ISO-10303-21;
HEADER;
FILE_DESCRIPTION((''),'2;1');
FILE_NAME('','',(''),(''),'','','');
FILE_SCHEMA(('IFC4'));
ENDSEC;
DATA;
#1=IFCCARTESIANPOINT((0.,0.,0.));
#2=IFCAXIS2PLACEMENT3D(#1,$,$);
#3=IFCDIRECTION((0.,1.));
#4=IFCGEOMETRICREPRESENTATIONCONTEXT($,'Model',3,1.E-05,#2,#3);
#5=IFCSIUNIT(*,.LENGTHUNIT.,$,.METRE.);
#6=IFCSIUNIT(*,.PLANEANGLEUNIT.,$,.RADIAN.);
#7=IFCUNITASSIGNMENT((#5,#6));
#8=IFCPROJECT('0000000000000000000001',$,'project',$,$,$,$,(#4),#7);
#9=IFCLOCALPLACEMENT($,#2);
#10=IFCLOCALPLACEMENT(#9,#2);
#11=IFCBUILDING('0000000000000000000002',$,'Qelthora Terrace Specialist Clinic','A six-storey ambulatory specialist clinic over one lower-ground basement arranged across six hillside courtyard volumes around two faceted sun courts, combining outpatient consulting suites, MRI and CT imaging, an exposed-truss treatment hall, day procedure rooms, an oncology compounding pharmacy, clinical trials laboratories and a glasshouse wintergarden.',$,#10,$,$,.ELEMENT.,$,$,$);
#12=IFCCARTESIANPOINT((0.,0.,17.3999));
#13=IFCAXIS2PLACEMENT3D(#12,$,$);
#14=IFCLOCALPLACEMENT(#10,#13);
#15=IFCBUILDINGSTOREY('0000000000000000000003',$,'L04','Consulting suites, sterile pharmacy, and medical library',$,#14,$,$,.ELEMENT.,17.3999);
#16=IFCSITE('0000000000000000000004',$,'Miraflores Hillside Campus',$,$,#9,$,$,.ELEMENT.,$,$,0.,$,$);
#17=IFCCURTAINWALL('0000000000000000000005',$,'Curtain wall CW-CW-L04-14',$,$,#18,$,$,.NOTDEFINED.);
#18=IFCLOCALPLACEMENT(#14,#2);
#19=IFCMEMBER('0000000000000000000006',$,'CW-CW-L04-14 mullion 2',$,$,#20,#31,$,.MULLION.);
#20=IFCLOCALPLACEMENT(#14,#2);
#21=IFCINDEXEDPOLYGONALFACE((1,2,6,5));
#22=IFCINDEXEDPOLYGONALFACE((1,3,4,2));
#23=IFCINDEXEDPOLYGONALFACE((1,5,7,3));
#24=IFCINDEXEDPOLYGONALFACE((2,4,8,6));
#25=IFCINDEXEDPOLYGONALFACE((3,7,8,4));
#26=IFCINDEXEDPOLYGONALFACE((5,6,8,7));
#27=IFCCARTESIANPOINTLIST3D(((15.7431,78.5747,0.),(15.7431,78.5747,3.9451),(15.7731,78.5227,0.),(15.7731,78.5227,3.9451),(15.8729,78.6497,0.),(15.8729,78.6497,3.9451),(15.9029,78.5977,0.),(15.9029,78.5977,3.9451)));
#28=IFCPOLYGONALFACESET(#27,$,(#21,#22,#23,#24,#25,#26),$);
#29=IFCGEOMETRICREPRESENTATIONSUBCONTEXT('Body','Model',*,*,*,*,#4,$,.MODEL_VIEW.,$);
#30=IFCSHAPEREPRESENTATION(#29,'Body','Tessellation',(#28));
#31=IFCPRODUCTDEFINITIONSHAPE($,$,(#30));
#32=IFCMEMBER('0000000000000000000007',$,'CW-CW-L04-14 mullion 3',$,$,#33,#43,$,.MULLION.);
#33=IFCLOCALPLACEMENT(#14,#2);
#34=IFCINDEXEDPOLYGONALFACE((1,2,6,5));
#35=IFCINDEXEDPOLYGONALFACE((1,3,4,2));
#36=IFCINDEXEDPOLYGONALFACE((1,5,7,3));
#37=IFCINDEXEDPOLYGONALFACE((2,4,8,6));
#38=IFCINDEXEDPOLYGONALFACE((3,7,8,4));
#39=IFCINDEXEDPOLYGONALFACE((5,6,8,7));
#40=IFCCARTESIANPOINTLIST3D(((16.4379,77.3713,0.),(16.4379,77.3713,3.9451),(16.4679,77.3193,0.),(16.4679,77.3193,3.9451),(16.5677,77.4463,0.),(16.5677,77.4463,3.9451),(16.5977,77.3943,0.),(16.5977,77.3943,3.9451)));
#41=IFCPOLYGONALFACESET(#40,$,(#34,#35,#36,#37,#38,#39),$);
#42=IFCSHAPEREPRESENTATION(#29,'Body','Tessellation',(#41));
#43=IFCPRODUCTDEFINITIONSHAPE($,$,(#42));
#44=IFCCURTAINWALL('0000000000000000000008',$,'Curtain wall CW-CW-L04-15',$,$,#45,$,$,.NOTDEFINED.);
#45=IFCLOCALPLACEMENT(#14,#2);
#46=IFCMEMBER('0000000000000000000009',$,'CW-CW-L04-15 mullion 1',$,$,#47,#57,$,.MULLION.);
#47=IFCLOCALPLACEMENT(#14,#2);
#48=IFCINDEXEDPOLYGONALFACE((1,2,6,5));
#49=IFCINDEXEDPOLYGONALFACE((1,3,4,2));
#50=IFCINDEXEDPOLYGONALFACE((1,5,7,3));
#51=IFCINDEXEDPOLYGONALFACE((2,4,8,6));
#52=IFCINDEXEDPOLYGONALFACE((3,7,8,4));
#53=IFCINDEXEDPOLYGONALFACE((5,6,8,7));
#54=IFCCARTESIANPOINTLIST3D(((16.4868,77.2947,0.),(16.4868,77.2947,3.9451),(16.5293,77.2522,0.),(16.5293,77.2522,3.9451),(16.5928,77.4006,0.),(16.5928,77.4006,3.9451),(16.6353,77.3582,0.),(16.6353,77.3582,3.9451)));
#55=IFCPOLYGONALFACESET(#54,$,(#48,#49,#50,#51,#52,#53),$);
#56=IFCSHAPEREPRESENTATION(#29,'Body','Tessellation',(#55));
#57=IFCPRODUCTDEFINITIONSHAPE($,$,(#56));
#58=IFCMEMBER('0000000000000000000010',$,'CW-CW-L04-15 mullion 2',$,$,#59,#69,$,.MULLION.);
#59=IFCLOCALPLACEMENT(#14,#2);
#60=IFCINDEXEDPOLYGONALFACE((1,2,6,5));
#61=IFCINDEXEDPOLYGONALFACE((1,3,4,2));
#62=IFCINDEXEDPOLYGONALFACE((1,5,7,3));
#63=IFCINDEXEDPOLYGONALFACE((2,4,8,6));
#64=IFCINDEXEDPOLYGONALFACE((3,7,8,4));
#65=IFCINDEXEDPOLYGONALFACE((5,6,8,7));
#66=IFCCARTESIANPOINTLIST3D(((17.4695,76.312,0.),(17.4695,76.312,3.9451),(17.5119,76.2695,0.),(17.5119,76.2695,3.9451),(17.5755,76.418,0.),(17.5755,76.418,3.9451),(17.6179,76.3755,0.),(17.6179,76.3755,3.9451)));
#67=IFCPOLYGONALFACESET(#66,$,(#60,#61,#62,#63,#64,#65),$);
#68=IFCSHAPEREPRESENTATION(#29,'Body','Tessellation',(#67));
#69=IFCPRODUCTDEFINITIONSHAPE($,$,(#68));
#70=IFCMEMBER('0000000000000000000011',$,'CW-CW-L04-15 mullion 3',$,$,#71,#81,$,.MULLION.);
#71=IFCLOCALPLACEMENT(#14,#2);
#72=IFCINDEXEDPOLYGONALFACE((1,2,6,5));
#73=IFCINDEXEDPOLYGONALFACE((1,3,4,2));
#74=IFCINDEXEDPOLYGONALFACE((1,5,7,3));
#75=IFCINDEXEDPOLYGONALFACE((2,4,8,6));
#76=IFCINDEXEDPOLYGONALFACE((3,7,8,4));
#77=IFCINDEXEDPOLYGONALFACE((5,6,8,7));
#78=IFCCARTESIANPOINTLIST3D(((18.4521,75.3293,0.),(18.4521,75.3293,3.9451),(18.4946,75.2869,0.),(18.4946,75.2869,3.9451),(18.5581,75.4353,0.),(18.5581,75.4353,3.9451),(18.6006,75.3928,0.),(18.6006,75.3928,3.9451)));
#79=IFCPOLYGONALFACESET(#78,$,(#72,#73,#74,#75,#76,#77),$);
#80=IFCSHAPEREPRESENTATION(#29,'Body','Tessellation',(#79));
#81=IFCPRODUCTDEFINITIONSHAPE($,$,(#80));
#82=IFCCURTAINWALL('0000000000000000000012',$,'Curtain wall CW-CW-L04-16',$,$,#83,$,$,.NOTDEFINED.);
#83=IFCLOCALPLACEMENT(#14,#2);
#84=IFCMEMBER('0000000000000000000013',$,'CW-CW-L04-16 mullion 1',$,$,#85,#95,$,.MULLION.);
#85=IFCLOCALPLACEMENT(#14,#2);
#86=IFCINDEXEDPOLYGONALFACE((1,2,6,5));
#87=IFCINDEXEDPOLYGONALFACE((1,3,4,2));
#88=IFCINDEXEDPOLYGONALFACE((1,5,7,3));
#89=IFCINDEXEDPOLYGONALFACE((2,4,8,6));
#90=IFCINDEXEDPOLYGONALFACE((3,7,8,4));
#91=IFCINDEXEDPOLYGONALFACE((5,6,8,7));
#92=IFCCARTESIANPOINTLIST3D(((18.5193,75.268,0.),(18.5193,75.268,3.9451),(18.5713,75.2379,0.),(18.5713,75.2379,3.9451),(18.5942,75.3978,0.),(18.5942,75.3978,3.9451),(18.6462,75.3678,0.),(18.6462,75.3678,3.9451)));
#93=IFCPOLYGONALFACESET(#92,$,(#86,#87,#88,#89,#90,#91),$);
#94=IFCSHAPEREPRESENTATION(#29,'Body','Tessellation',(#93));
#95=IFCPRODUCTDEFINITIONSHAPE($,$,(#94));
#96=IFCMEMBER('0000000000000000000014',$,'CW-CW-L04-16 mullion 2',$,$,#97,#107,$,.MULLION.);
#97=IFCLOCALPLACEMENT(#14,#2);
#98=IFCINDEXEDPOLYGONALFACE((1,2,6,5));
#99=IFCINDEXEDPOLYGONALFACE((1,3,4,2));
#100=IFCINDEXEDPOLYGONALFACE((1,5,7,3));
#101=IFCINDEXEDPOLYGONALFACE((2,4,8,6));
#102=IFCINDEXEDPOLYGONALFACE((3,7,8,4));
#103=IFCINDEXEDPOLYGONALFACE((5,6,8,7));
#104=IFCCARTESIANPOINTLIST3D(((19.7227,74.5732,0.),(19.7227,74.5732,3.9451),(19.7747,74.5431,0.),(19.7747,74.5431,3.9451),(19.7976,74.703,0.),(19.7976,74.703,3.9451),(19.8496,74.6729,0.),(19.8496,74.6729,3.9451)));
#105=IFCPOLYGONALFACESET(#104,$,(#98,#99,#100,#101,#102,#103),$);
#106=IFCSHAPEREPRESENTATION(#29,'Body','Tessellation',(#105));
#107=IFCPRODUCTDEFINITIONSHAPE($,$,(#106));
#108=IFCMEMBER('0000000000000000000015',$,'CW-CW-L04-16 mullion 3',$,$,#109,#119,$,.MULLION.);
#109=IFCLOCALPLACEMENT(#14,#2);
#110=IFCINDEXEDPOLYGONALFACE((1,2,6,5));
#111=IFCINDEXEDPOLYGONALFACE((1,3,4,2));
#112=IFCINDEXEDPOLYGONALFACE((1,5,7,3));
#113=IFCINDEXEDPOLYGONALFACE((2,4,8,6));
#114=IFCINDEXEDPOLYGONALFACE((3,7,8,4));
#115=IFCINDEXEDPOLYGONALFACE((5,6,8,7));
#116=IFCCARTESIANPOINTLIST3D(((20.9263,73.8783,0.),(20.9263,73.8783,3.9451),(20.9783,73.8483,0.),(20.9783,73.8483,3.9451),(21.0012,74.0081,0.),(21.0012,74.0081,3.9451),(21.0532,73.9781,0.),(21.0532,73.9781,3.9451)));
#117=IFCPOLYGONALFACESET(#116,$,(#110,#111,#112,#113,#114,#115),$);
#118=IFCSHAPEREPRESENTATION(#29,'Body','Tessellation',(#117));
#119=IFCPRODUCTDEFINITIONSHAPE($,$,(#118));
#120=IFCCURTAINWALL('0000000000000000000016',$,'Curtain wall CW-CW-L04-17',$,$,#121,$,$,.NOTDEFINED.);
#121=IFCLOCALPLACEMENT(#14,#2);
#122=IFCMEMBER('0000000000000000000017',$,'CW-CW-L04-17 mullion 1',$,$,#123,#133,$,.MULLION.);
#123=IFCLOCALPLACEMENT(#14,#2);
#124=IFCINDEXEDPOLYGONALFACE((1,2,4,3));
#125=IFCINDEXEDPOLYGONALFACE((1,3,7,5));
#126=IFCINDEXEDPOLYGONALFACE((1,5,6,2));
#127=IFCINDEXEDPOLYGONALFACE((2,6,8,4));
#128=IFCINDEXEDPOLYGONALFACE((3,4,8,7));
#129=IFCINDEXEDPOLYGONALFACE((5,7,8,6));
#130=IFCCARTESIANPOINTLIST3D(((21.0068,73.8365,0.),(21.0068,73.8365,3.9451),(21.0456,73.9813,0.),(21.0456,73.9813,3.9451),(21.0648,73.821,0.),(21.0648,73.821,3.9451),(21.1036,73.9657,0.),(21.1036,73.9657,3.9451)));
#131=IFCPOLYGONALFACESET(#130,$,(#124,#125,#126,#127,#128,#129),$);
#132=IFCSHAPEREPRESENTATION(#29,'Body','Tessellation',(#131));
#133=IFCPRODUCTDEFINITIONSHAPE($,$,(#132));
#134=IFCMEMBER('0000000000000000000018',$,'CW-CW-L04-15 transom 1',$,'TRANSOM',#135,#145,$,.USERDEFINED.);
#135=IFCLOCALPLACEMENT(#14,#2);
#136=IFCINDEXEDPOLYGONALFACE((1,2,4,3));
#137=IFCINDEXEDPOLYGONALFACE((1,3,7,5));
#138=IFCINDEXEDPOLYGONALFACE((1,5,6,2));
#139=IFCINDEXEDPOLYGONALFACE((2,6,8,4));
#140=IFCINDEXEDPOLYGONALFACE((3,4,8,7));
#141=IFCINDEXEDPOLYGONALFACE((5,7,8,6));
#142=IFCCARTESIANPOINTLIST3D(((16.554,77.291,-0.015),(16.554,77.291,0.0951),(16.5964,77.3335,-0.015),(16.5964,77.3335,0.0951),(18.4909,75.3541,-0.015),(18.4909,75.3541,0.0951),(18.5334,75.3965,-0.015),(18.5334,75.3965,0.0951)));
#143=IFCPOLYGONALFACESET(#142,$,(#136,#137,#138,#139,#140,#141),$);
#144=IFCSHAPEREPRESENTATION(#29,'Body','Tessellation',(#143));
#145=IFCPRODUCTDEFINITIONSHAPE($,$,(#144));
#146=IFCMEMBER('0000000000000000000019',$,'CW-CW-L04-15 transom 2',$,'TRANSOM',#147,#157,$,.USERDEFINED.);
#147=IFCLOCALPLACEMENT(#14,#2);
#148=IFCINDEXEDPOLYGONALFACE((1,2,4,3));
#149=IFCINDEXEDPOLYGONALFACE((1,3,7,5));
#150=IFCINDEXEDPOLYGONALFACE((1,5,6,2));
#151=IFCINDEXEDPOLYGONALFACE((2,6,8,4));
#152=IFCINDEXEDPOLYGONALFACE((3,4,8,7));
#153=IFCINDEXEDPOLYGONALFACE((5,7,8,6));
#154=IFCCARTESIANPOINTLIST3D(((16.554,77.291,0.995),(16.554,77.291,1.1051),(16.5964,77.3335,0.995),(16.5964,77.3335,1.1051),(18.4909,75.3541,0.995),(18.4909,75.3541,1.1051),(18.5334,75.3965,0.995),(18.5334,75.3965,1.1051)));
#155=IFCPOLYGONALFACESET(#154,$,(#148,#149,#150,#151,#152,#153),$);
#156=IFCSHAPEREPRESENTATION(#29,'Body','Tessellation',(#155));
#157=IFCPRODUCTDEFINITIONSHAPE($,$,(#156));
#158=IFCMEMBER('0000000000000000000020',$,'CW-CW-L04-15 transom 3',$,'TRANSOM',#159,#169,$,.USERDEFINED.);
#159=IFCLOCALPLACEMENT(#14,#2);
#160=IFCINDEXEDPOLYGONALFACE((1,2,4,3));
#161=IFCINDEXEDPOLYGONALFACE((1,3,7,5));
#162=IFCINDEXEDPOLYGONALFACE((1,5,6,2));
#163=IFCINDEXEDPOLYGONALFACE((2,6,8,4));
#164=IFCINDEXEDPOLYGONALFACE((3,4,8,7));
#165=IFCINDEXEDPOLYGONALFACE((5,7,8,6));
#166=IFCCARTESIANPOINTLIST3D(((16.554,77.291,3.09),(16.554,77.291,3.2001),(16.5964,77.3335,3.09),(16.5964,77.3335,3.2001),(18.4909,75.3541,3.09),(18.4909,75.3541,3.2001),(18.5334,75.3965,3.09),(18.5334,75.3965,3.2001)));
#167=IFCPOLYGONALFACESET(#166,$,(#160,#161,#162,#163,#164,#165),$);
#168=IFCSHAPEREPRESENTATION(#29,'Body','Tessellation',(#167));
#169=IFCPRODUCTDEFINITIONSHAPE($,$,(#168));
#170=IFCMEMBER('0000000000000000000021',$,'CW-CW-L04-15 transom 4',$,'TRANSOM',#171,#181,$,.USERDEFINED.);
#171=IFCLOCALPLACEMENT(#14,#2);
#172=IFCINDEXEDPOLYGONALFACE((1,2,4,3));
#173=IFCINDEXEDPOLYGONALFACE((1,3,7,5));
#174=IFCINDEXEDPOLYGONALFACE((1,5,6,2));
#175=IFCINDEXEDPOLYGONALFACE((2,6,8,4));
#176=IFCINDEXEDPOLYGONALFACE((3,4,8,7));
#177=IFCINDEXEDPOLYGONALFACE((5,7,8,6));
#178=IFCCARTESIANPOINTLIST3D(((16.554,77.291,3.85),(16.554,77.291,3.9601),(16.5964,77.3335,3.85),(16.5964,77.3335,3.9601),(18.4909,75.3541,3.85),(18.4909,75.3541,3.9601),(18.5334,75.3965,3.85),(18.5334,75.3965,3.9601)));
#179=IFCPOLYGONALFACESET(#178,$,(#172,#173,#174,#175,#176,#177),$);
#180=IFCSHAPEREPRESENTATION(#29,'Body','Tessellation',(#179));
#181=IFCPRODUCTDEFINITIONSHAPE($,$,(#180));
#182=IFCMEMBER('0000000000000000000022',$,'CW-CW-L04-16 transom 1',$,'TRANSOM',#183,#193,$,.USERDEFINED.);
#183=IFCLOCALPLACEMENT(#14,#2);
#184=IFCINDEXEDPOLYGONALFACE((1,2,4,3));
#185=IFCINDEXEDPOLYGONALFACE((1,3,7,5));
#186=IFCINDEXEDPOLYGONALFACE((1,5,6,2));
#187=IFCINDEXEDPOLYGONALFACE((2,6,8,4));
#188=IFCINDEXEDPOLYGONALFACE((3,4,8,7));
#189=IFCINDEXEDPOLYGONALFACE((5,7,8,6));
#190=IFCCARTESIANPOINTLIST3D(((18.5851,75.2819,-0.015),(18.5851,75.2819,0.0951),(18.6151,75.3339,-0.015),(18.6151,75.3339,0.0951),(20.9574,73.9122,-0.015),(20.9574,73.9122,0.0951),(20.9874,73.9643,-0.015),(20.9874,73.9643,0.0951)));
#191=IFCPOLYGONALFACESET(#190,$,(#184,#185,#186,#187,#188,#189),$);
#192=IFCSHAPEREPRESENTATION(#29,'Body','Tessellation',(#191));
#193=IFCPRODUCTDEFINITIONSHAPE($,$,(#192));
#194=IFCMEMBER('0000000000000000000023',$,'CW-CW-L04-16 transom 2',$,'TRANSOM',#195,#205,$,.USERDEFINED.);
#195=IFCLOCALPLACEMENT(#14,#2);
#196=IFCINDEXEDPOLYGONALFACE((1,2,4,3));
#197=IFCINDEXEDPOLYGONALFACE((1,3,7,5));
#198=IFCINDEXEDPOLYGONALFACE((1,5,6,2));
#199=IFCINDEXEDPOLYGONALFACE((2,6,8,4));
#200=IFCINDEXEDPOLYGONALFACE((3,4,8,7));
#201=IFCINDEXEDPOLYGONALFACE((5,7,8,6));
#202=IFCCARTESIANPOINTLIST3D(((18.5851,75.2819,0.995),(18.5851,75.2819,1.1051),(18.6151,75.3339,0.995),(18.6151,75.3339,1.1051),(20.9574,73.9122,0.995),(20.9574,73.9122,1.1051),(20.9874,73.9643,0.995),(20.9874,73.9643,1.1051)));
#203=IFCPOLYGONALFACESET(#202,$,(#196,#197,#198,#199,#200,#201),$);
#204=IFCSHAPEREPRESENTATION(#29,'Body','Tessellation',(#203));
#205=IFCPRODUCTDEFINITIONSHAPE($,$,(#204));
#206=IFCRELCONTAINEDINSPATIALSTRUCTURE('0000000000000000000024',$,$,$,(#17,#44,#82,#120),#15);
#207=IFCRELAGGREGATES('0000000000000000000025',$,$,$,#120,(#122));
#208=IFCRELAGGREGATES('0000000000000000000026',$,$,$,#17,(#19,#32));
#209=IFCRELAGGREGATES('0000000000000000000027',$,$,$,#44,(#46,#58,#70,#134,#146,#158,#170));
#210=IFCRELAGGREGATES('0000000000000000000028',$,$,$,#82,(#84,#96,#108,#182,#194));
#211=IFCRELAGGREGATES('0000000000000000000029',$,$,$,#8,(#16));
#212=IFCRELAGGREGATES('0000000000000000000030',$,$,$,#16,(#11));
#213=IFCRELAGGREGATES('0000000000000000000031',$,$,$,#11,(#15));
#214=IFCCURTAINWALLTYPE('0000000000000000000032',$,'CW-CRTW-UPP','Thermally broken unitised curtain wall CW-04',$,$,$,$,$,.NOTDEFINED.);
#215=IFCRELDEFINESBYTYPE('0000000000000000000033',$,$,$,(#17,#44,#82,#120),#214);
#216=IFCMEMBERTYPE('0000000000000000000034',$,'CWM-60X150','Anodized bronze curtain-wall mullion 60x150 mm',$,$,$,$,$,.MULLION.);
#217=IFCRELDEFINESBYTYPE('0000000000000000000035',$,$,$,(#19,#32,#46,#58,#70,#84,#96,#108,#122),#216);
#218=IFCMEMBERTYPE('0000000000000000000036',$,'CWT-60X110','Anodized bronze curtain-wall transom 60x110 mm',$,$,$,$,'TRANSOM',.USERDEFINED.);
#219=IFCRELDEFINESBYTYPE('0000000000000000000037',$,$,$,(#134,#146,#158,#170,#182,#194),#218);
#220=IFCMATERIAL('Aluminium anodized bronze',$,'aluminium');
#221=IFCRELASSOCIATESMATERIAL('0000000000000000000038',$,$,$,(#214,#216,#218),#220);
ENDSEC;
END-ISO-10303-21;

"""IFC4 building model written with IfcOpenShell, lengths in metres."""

from ifc_helpers import new_model, si_unit, direction, frame, origin, origin_2d, place, context, subcontext, project, spatial, rectangle, extrude, material, material_profile, profile_set, type_object, element, aggregate, save


model = new_model("IFC4")

# Units and contexts
model_context = context("Model", 3, precision=1e-05, world=origin(), true_north=direction((0.0, 1.0)))
body_context = subcontext(model_context, "Body", "Model", "MODEL_VIEW")
ifc_project = project(units=[si_unit("LENGTHUNIT", "METRE"), si_unit("PLANEANGLEUNIT", "RADIAN")], contexts=[model_context])

# Site, building, storey
site_placement = place(None, origin())
site = spatial("IfcSite", under=ifc_project, at=site_placement, Name="Miraflores Hillside Campus", CompositionType="ELEMENT", RefElevation=0.0)
building_placement = place(site_placement, origin())
building = spatial("IfcBuilding", under=site, at=building_placement, Name="Qelthora Terrace Specialist Clinic", Description="A six-storey ambulatory specialist clinic over one lower-ground basement arranged across six hillside courtyard volumes around two faceted sun courts, combining outpatient consulting suites, MRI and CT imaging, an exposed-truss treatment hall, day procedure rooms, an oncology compounding pharmacy, clinical trials laboratories and a glasshouse wintergarden.", CompositionType="ELEMENT")
storey_placement = place(building_placement, frame((0.0, 0.0, 17.3999)))
storey = spatial("IfcBuildingStorey", under=building, at=storey_placement, Name="L04", Description="Consulting suites, sterile pharmacy, and medical library", CompositionType="ELEMENT", Elevation=17.3999)

# Curtain walls, members
ifc_material_1 = material(Name="Aluminium anodized bronze", Category="aluminium")
curtain_wall_type = type_object("IfcCurtainWallType", Name="CW-CRTW-UPP", Description="Thermally broken unitised curtain wall CW-04", PredefinedType="NOTDEFINED", material=ifc_material_1)
curtain_wall_1_placement = place(storey_placement, origin())
curtain_wall_1 = element("IfcCurtainWall", 1, at=curtain_wall_1_placement, inside=storey, type_object=curtain_wall_type, Name="Curtain wall CW-CW-L04-14", PredefinedType="NOTDEFINED")
ifc_material_profile_1 = material_profile(ifc_material_1, rectangle(XDim=0.0601, YDim=0.1499, at=origin_2d()), Name="CWM60X150")
ifc_profile_set_1 = profile_set([ifc_material_profile_1], Name="Aluminium anodized bronze")
member_type_1 = type_object("IfcMemberType", Name="CWM-60X150", Description="Anodized bronze curtain-wall mullion 60x150 mm", PredefinedType="MULLION", material=ifc_profile_set_1)
member_1_placement = place(storey_placement, frame((15.823, 78.5862, 0.0), z_axis=(0.0, 0.0, 1.0), x_axis=(0.5, -0.866026, 0.0)))
member_1 = element("IfcMember", 2, at=member_1_placement, type_object=member_type_1, Name="CW-CW-L04-14 mullion 2", PredefinedType="MULLION", context=body_context, shape_type="SweptSolid", body=[
    extrude(rectangle(XDim=0.0601, YDim=0.1499, at=origin_2d()), origin(), (0.0, 0.0, 1.0), 3.9451),
])
member_2_placement = place(storey_placement, frame((16.5178, 77.3828, 0.0), z_axis=(0.0, 0.0, 1.0), x_axis=(0.5, -0.866026, 0.0)))
member_2 = element("IfcMember", 3, at=member_2_placement, type_object=member_type_1, Name="CW-CW-L04-14 mullion 3", PredefinedType="MULLION", context=body_context, shape_type="SweptSolid", body=[
    extrude(rectangle(XDim=0.0601, YDim=0.1499, at=origin_2d()), origin(), (0.0, 0.0, 1.0), 3.9451),
])
curtain_wall_2_placement = place(storey_placement, origin())
curtain_wall_2 = element("IfcCurtainWall", 4, at=curtain_wall_2_placement, inside=storey, type_object=curtain_wall_type, Name="Curtain wall CW-CW-L04-15", PredefinedType="NOTDEFINED")
member_3_placement = place(storey_placement, frame((16.561, 77.3264, 0.0), z_axis=(0.0, 0.0, 1.0), x_axis=(0.707107, -0.707107, 0.0)))
member_3 = element("IfcMember", 5, at=member_3_placement, type_object=member_type_1, Name="CW-CW-L04-15 mullion 1", PredefinedType="MULLION", context=body_context, shape_type="SweptSolid", body=[
    extrude(rectangle(XDim=0.0601, YDim=0.1499, at=origin_2d()), origin(), (0.0, 0.0, 1.0), 3.9451),
])
member_4_placement = place(storey_placement, frame((17.5437, 76.3438, 0.0), z_axis=(0.0, 0.0, 1.0), x_axis=(0.707107, -0.707107, 0.0)))
member_4 = element("IfcMember", 6, at=member_4_placement, type_object=member_type_1, Name="CW-CW-L04-15 mullion 2", PredefinedType="MULLION", context=body_context, shape_type="SweptSolid", body=[
    extrude(rectangle(XDim=0.0601, YDim=0.1499, at=origin_2d()), origin(), (0.0, 0.0, 1.0), 3.9451),
])
member_5_placement = place(storey_placement, frame((18.5264, 75.3611, 0.0), z_axis=(0.0, 0.0, 1.0), x_axis=(0.707107, -0.707107, 0.0)))
member_5 = element("IfcMember", 7, at=member_5_placement, type_object=member_type_1, Name="CW-CW-L04-15 mullion 3", PredefinedType="MULLION", context=body_context, shape_type="SweptSolid", body=[
    extrude(rectangle(XDim=0.0601, YDim=0.1499, at=origin_2d()), origin(), (0.0, 0.0, 1.0), 3.9451),
])
curtain_wall_3_placement = place(storey_placement, origin())
curtain_wall_3 = element("IfcCurtainWall", 8, at=curtain_wall_3_placement, inside=storey, type_object=curtain_wall_type, Name="Curtain wall CW-CW-L04-16", PredefinedType="NOTDEFINED")
member_6_placement = place(storey_placement, frame((18.5828, 75.3179, 0.0), z_axis=(0.0, 0.0, 1.0), x_axis=(0.866026, -0.5, 0.0)))
member_6 = element("IfcMember", 9, at=member_6_placement, type_object=member_type_1, Name="CW-CW-L04-16 mullion 1", PredefinedType="MULLION", context=body_context, shape_type="SweptSolid", body=[
    extrude(rectangle(XDim=0.0601, YDim=0.1499, at=origin_2d()), origin(), (0.0, 0.0, 1.0), 3.9451),
])
member_7_placement = place(storey_placement, frame((19.7861, 74.623, 0.0), z_axis=(0.0, 0.0, 1.0), x_axis=(0.866026, -0.5, 0.0)))
member_7 = element("IfcMember", 10, at=member_7_placement, type_object=member_type_1, Name="CW-CW-L04-16 mullion 2", PredefinedType="MULLION", context=body_context, shape_type="SweptSolid", body=[
    extrude(rectangle(XDim=0.0601, YDim=0.1499, at=origin_2d()), origin(), (0.0, 0.0, 1.0), 3.9451),
])
member_8_placement = place(storey_placement, frame((20.9897, 73.9282, 0.0), z_axis=(0.0, 0.0, 1.0), x_axis=(0.866026, -0.5, 0.0)))
member_8 = element("IfcMember", 11, at=member_8_placement, type_object=member_type_1, Name="CW-CW-L04-16 mullion 3", PredefinedType="MULLION", context=body_context, shape_type="SweptSolid", body=[
    extrude(rectangle(XDim=0.0601, YDim=0.1499, at=origin_2d()), origin(), (0.0, 0.0, 1.0), 3.9451),
])

# Curtain wall, member
curtain_wall_4_placement = place(storey_placement, origin())
curtain_wall_4 = element("IfcCurtainWall", 12, at=curtain_wall_4_placement, inside=storey, type_object=curtain_wall_type, Name="Curtain wall CW-CW-L04-17", PredefinedType="NOTDEFINED")
member_9_placement = place(storey_placement, frame((21.0552, 73.9011, 0.0), z_axis=(0.0, 0.0, 1.0), x_axis=(0.965925, -0.25882, 0.0)))
member_9 = element("IfcMember", 13, at=member_9_placement, type_object=member_type_1, Name="CW-CW-L04-17 mullion 1", PredefinedType="MULLION", context=body_context, shape_type="SweptSolid", body=[
    extrude(rectangle(XDim=0.0601, YDim=0.1499, at=origin_2d()), origin(), (0.0, 0.0, 1.0), 3.9451),
])

# Members
ifc_material_profile_2 = material_profile(ifc_material_1, rectangle(XDim=0.0601, YDim=0.1101, at=origin_2d()), Name="CWT60X110")
ifc_profile_set_2 = profile_set([ifc_material_profile_2], Name="Aluminium anodized bronze")
member_type_2 = type_object("IfcMemberType", Name="CWT-60X110", Description="Anodized bronze curtain-wall transom 60x110 mm", ElementType="TRANSOM", PredefinedType="USERDEFINED", material=ifc_profile_set_2)
member_10_placement = place(storey_placement, frame((16.5752, 77.3123, 0.04), z_axis=(0.707107, -0.707107, 0.0), x_axis=(0.707107, 0.707107, 0.0)))
member_10 = element("IfcMember", 14, at=member_10_placement, type_object=member_type_2, Name="CW-CW-L04-15 transom 1", ObjectType="TRANSOM", PredefinedType="USERDEFINED", context=body_context, shape_type="SweptSolid", body=[
    extrude(rectangle(XDim=0.0601, YDim=0.1101, at=origin_2d()), origin(), (0.0, 0.0, 1.0), 2.7393),
])
member_11_placement = place(storey_placement, frame((16.5752, 77.3123, 1.05), z_axis=(0.707107, -0.707107, 0.0), x_axis=(0.707107, 0.707107, 0.0)))
member_11 = element("IfcMember", 15, at=member_11_placement, type_object=member_type_2, Name="CW-CW-L04-15 transom 2", ObjectType="TRANSOM", PredefinedType="USERDEFINED", context=body_context, shape_type="SweptSolid", body=[
    extrude(rectangle(XDim=0.0601, YDim=0.1101, at=origin_2d()), origin(), (0.0, 0.0, 1.0), 2.7393),
])
member_12_placement = place(storey_placement, frame((16.5752, 77.3123, 3.145), z_axis=(0.707107, -0.707107, 0.0), x_axis=(0.707107, 0.707107, 0.0)))
member_12 = element("IfcMember", 16, at=member_12_placement, type_object=member_type_2, Name="CW-CW-L04-15 transom 3", ObjectType="TRANSOM", PredefinedType="USERDEFINED", context=body_context, shape_type="SweptSolid", body=[
    extrude(rectangle(XDim=0.0601, YDim=0.1101, at=origin_2d()), origin(), (0.0, 0.0, 1.0), 2.7393),
])
member_13_placement = place(storey_placement, frame((16.5752, 77.3123, 3.905), z_axis=(0.707107, -0.707107, 0.0), x_axis=(0.707107, 0.707107, 0.0)))
member_13 = element("IfcMember", 17, at=member_13_placement, type_object=member_type_2, Name="CW-CW-L04-15 transom 4", ObjectType="TRANSOM", PredefinedType="USERDEFINED", context=body_context, shape_type="SweptSolid", body=[
    extrude(rectangle(XDim=0.0601, YDim=0.1101, at=origin_2d()), origin(), (0.0, 0.0, 1.0), 2.7393),
])
member_14_placement = place(storey_placement, frame((18.6001, 75.3079, 0.04), z_axis=(0.86603, -0.499992, 0.0), x_axis=(0.499992, 0.86603, 0.0)))
member_14 = element("IfcMember", 18, at=member_14_placement, type_object=member_type_2, Name="CW-CW-L04-16 transom 1", ObjectType="TRANSOM", PredefinedType="USERDEFINED", context=body_context, shape_type="SweptSolid", body=[
    extrude(rectangle(XDim=0.0601, YDim=0.1101, at=origin_2d()), origin(), (0.0, 0.0, 1.0), 2.7393),
])
member_15_placement = place(storey_placement, frame((18.6001, 75.3079, 1.05), z_axis=(0.86603, -0.499992, 0.0), x_axis=(0.499992, 0.86603, 0.0)))
member_15 = element("IfcMember", 19, at=member_15_placement, type_object=member_type_2, Name="CW-CW-L04-16 transom 2", ObjectType="TRANSOM", PredefinedType="USERDEFINED", context=body_context, shape_type="SweptSolid", body=[
    extrude(rectangle(XDim=0.0601, YDim=0.1101, at=origin_2d()), origin(), (0.0, 0.0, 1.0), 2.7393),
])
aggregate(curtain_wall_4, [member_9])

aggregate(curtain_wall_1, [member_1, member_2])
aggregate(curtain_wall_2, [member_3, member_4, member_5, member_10, member_11, member_12, member_13])
aggregate(curtain_wall_3, [member_6, member_7, member_8, member_14, member_15])

save(model, "model.ifc")
